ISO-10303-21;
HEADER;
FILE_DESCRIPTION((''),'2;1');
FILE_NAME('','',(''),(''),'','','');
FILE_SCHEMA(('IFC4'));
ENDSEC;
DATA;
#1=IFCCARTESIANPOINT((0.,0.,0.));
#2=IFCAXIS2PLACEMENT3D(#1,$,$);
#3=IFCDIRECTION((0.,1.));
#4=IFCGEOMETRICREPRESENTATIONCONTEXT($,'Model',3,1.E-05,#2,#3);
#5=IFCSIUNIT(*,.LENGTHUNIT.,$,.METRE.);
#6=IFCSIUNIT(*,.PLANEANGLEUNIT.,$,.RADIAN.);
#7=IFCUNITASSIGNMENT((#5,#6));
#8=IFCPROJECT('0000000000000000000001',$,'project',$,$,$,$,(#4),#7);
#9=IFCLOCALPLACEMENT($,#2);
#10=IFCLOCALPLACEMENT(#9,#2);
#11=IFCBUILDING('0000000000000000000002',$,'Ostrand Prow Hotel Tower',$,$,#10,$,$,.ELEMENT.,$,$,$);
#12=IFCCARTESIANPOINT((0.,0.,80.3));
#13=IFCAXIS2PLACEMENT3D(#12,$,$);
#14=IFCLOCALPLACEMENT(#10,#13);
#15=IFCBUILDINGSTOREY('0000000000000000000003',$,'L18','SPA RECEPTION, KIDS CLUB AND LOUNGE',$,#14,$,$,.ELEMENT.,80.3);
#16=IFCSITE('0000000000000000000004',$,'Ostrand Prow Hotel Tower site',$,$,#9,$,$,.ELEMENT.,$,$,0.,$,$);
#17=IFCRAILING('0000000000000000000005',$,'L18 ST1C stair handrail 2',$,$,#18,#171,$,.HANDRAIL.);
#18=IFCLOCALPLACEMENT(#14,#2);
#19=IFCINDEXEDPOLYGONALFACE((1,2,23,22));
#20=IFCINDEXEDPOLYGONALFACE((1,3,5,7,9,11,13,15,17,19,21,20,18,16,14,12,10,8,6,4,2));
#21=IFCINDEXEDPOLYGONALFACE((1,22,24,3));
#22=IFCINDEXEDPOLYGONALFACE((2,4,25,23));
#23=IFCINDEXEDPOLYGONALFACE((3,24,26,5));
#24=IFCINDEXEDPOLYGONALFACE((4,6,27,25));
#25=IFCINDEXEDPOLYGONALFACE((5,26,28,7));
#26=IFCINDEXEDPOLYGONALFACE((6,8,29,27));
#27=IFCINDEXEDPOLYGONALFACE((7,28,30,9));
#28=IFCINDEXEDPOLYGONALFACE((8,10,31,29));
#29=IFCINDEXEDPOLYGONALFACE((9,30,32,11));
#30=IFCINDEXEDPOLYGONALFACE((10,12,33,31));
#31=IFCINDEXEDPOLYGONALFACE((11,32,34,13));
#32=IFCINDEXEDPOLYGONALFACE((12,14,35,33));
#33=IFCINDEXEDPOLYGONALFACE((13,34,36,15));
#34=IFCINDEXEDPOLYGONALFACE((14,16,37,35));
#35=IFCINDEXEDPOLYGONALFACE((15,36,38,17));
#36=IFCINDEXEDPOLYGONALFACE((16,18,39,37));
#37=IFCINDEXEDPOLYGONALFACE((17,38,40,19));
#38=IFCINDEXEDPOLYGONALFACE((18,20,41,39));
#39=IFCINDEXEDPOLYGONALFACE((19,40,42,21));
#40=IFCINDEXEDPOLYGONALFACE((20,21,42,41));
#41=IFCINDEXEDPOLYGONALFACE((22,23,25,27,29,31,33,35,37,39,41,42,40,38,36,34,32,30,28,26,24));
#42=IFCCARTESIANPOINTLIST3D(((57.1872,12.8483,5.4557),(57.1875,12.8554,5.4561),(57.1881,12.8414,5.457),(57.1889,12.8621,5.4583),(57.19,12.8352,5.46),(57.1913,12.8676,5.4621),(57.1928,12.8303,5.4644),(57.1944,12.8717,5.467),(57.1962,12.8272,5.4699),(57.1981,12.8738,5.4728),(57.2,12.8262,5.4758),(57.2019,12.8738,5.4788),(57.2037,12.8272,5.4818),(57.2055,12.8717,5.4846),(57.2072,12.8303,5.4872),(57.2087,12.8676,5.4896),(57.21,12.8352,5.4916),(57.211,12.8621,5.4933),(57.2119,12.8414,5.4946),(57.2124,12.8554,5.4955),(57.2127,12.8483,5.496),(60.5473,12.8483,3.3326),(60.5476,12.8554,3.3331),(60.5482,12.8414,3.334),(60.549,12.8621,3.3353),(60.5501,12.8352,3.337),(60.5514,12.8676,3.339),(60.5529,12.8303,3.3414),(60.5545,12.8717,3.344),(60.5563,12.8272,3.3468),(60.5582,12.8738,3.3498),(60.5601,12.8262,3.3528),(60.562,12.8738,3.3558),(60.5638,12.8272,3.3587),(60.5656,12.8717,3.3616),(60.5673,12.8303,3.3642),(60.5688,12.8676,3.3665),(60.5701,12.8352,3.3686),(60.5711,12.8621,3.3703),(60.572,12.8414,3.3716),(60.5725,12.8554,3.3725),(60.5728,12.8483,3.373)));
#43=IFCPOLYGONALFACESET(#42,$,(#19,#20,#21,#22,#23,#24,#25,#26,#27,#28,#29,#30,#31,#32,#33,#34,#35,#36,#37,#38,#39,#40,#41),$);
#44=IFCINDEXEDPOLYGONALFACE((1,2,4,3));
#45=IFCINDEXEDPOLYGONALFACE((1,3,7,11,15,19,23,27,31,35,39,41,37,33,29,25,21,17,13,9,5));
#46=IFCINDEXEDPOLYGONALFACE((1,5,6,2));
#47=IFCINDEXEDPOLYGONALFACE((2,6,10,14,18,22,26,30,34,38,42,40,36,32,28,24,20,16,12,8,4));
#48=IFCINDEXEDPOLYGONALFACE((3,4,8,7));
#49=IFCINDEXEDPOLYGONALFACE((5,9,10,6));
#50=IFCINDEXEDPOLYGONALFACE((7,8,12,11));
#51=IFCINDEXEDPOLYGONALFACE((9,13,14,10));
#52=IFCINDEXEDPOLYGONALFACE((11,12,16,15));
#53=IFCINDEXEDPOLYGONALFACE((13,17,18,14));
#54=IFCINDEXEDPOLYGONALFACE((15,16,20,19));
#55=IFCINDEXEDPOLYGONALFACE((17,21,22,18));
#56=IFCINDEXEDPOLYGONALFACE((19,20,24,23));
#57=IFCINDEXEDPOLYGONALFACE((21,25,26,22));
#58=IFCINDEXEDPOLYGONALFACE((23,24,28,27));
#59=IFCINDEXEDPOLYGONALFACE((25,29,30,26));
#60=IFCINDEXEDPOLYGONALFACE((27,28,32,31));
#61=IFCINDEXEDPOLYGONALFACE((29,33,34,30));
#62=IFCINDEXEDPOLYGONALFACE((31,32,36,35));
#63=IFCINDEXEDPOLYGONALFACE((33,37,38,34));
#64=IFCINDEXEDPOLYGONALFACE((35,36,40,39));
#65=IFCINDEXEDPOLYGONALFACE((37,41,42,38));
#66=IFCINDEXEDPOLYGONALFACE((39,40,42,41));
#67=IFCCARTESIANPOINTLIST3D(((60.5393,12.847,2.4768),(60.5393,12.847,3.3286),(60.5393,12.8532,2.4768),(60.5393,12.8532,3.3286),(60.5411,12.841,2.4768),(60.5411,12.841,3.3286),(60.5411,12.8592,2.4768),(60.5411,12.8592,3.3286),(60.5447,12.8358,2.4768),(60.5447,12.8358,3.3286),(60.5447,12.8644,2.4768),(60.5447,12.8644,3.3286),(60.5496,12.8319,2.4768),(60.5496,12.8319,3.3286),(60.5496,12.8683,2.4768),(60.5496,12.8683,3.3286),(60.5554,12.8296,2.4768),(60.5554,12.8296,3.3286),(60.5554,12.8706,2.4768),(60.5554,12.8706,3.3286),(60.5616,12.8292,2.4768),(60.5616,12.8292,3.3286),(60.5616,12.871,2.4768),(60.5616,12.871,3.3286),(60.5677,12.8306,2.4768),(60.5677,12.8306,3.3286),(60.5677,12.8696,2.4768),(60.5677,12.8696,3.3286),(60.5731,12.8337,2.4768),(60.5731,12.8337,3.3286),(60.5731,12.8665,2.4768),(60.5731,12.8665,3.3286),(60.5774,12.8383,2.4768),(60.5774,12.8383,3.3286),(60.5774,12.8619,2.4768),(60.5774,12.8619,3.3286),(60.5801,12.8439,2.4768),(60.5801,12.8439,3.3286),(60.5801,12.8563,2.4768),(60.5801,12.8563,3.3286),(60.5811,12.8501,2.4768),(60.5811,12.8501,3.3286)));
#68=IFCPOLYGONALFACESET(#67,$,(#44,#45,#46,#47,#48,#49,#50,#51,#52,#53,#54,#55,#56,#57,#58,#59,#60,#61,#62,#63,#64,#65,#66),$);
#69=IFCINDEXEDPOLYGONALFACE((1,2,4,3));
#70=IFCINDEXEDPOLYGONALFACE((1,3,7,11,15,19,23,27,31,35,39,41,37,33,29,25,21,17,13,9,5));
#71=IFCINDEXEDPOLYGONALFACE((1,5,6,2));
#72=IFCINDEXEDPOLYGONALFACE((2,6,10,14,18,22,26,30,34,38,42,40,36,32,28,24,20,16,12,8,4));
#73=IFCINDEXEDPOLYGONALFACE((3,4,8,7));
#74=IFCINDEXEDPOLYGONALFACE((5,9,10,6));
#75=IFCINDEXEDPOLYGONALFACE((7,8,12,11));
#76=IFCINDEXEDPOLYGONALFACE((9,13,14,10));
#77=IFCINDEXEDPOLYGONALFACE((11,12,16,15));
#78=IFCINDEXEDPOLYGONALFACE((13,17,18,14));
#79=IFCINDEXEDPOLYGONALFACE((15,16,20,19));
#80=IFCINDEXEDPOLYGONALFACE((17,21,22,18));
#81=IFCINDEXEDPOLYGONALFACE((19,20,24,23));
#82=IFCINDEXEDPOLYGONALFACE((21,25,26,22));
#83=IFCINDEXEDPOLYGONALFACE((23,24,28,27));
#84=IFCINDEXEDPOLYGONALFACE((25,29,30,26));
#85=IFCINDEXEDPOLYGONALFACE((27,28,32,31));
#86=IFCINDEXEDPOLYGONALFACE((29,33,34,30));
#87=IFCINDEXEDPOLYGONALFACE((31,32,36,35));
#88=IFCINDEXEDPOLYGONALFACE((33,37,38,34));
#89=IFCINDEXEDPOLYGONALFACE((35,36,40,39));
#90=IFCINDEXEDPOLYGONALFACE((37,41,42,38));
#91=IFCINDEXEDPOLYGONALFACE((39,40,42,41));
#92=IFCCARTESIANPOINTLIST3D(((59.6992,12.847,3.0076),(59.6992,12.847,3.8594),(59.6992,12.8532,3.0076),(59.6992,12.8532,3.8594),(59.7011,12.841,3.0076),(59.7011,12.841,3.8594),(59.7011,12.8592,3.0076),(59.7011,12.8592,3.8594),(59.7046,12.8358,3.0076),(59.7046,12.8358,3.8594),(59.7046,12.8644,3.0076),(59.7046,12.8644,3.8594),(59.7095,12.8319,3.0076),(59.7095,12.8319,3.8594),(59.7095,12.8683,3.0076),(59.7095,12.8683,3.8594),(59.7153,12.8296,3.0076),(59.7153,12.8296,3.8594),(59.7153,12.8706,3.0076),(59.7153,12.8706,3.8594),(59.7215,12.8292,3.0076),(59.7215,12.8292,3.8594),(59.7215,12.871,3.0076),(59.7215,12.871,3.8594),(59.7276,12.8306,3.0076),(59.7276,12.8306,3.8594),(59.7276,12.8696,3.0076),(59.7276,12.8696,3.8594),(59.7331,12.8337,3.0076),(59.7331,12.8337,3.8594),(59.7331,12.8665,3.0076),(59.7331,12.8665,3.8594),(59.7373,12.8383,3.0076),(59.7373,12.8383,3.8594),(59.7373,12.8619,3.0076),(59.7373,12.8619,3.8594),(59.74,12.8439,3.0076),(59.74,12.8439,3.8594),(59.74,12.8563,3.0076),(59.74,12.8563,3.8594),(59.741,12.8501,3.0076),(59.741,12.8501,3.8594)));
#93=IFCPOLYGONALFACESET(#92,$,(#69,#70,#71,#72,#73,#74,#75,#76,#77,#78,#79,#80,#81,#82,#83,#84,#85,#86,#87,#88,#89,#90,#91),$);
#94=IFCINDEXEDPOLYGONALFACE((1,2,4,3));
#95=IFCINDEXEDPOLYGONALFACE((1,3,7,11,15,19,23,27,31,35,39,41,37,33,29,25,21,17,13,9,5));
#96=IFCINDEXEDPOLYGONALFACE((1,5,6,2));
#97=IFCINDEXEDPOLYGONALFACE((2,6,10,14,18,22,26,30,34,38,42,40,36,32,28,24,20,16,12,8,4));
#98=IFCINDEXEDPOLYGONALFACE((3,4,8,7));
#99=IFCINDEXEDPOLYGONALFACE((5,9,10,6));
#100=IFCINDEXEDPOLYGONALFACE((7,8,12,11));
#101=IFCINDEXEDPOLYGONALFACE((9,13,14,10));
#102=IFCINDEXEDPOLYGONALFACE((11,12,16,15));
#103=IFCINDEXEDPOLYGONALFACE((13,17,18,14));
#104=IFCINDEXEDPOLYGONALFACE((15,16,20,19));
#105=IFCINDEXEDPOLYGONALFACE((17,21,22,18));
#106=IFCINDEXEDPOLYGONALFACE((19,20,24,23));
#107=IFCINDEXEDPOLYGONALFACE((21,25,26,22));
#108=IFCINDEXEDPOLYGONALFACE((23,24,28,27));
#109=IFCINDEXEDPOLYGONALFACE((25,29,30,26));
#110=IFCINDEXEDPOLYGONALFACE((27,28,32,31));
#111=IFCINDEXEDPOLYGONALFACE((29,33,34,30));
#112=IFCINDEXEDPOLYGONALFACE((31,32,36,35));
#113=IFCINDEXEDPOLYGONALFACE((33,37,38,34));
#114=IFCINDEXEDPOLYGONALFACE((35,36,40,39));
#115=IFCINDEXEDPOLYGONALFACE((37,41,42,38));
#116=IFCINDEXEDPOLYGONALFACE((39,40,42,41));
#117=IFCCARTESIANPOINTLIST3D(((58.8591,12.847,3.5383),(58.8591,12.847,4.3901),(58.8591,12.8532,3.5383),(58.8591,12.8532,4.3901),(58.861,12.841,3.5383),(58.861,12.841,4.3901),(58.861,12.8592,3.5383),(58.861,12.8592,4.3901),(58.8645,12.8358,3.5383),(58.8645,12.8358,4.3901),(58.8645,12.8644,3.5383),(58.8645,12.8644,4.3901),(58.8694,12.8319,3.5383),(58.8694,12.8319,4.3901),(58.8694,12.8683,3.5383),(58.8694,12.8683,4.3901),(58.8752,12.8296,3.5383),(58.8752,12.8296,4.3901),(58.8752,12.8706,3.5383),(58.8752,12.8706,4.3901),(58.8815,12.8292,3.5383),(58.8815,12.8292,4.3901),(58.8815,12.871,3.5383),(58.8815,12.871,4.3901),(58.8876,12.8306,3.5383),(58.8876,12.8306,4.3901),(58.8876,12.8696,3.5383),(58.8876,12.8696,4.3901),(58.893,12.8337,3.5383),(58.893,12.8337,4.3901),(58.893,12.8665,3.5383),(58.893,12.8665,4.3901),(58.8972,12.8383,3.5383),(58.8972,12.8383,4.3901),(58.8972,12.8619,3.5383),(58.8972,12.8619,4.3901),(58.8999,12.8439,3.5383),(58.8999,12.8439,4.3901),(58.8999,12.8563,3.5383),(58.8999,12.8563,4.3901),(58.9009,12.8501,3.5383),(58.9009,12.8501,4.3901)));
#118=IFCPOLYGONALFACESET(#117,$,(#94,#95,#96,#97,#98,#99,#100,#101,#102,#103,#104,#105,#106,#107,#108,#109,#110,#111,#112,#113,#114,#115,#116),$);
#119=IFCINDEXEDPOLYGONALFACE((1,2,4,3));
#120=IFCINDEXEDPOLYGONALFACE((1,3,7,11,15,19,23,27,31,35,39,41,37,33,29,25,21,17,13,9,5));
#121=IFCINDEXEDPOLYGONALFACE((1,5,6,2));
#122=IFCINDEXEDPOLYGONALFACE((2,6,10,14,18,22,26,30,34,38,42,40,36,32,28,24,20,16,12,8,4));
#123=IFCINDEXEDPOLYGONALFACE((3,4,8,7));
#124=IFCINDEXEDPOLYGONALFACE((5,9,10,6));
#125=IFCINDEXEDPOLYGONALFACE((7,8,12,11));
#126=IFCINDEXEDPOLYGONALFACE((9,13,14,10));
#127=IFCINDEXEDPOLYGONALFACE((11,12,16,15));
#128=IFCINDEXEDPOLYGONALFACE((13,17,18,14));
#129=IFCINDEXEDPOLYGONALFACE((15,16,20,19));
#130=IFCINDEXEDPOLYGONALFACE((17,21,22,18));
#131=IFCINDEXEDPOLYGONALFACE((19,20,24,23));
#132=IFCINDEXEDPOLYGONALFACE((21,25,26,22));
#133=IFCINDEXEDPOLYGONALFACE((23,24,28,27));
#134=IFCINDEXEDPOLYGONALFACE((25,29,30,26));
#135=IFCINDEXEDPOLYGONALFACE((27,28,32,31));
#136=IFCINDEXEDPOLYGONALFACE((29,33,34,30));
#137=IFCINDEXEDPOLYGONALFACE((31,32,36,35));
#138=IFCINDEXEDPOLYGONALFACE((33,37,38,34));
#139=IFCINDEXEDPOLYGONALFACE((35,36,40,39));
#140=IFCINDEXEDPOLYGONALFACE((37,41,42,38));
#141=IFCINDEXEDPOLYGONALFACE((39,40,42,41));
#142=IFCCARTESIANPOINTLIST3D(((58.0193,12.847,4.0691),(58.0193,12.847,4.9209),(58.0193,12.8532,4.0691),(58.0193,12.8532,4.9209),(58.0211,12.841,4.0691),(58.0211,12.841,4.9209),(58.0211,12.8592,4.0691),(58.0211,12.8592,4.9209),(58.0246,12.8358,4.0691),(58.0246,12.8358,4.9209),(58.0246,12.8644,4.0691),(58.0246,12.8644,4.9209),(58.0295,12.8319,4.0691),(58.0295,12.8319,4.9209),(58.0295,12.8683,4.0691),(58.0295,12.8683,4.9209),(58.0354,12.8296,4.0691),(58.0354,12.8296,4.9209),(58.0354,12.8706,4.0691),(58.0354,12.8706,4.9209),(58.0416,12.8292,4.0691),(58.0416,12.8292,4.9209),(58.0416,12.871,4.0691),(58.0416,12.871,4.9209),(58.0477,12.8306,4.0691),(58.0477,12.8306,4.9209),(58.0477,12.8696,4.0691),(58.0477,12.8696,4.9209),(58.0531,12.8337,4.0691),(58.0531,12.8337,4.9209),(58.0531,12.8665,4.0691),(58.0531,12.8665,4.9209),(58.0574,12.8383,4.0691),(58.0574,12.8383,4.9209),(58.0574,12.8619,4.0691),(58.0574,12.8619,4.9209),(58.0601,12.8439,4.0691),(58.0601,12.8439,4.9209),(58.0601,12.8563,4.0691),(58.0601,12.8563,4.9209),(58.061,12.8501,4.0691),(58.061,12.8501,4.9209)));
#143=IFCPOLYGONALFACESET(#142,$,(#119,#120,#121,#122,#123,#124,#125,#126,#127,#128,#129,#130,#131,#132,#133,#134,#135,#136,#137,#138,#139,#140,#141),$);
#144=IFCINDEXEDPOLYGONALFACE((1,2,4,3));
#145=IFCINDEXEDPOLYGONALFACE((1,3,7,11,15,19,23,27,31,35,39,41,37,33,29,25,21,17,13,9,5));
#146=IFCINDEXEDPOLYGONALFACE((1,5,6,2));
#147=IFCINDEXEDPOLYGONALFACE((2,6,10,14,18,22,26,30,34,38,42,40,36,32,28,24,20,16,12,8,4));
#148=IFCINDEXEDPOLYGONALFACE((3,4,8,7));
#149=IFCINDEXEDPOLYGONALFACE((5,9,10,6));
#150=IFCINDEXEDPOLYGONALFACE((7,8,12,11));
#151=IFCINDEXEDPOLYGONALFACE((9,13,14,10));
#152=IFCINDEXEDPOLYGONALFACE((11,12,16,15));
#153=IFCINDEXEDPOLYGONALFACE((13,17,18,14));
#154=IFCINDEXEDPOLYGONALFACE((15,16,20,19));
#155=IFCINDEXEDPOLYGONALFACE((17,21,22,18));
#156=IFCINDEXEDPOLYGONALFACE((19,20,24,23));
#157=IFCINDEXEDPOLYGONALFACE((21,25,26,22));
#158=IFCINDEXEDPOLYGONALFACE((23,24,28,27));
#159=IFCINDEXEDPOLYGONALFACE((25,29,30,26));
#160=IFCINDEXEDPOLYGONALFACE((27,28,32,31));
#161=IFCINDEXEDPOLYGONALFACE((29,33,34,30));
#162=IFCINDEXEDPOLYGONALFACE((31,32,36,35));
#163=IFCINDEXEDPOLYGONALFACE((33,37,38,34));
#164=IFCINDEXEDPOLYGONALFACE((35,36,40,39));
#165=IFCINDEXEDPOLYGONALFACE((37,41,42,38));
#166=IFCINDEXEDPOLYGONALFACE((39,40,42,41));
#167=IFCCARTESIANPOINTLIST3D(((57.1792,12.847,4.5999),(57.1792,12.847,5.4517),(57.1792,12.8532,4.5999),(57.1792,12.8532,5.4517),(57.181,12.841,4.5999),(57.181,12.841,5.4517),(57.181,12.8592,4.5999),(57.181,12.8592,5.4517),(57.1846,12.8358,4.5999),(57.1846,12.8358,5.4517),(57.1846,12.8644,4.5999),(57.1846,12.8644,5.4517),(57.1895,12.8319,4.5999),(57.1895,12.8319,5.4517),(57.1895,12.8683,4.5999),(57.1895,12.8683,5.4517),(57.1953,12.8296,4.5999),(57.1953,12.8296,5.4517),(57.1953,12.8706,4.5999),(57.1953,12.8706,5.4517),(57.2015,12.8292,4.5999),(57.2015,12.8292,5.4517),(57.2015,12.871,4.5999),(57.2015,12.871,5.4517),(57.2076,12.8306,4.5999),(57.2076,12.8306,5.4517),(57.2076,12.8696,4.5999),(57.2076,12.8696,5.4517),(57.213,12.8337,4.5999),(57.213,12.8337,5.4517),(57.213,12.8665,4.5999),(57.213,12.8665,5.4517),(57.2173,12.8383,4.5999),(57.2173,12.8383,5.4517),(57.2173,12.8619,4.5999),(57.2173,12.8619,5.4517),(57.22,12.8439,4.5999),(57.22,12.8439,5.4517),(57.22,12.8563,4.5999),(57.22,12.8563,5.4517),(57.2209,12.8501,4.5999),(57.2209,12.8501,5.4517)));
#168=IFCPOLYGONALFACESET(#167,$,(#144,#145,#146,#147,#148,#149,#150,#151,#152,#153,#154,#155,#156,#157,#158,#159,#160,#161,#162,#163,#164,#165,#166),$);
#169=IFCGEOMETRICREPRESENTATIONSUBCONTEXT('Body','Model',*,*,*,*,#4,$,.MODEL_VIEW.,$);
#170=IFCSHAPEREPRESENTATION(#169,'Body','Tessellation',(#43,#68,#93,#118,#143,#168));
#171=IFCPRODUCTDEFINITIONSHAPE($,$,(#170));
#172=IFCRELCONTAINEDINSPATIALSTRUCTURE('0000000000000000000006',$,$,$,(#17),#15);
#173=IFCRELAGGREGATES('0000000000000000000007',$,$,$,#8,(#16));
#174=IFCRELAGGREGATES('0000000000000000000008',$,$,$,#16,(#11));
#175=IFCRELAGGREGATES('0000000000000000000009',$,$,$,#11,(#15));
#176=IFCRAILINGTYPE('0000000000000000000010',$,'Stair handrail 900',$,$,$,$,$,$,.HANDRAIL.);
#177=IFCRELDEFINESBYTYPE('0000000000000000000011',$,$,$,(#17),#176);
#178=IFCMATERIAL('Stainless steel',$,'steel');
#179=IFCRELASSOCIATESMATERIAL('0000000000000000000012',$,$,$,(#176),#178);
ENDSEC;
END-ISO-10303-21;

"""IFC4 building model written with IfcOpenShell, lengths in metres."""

from ifc_helpers import new_model, si_unit, direction, frame, origin, origin_2d, place, context, subcontext, project, spatial, circle, extrude, material, type_object, element, save


model = new_model("IFC4")

# Units and contexts
model_context = context("Model", 3, precision=1e-05, world=origin(), true_north=direction((0.0, 1.0)))
body_context = subcontext(model_context, "Body", "Model", "MODEL_VIEW")
ifc_project = project(units=[si_unit("LENGTHUNIT", "METRE"), si_unit("PLANEANGLEUNIT", "RADIAN")], contexts=[model_context])

# Site, building, storey
site_placement = place(None, origin())
site = spatial("IfcSite", under=ifc_project, at=site_placement, Name="Ostrand Prow Hotel Tower site", CompositionType="ELEMENT", RefElevation=0.0)
building_placement = place(site_placement, origin())
building = spatial("IfcBuilding", under=site, at=building_placement, Name="Ostrand Prow Hotel Tower", CompositionType="ELEMENT")
storey_placement = place(building_placement, frame((0.0, 0.0, 80.3)))
storey = spatial("IfcBuildingStorey", under=building, at=storey_placement, Name="L18", Description="SPA RECEPTION, KIDS CLUB AND LOUNGE", CompositionType="ELEMENT", Elevation=80.3)

# Railing
ifc_material_1 = material(Name="Stainless steel", Category="steel")
railing_type_1 = type_object("IfcRailingType", Name="Stair handrail 900", PredefinedType="HANDRAIL", material=ifc_material_1)
railing_1_placement = place(storey_placement, frame((60.5601, 12.8501, 2.4768)))
element("IfcRailing", 1, at=railing_1_placement, inside=storey, type_object=railing_type_1, Name="L18 ST1C stair handrail 2", PredefinedType="HANDRAIL", context=body_context, shape_type="SweptSolid", body=[
    extrude(circle(Radius=0.0239, at=origin_2d()), frame((0.0, 0.0, 0.876), z_axis=(-0.84539, 0.0, 0.53415), x_axis=(0.0, -1.0, 0.0)), (0.0, 0.0, 1.0), 3.9746),
    extrude(circle(Radius=0.021, at=origin_2d()), origin(), (0.0, 0.0, 1.0), 0.8518),
    extrude(circle(Radius=0.021, at=origin_2d()), frame((-0.8401, 0.0, 0.5308)), (0.0, 0.0, 1.0), 0.8518),
    extrude(circle(Radius=0.021, at=origin_2d()), frame((-1.6802, 0.0, 1.0615)), (0.0, 0.0, 1.0), 0.8518),
    extrude(circle(Radius=0.021, at=origin_2d()), frame((-2.52, 0.0, 1.5923)), (0.0, 0.0, 1.0), 0.8518),
    extrude(circle(Radius=0.021, at=origin_2d()), frame((-3.3601, 0.0, 2.123)), (0.0, 0.0, 1.0), 0.8518),
])

save(model, "model.ifc")
